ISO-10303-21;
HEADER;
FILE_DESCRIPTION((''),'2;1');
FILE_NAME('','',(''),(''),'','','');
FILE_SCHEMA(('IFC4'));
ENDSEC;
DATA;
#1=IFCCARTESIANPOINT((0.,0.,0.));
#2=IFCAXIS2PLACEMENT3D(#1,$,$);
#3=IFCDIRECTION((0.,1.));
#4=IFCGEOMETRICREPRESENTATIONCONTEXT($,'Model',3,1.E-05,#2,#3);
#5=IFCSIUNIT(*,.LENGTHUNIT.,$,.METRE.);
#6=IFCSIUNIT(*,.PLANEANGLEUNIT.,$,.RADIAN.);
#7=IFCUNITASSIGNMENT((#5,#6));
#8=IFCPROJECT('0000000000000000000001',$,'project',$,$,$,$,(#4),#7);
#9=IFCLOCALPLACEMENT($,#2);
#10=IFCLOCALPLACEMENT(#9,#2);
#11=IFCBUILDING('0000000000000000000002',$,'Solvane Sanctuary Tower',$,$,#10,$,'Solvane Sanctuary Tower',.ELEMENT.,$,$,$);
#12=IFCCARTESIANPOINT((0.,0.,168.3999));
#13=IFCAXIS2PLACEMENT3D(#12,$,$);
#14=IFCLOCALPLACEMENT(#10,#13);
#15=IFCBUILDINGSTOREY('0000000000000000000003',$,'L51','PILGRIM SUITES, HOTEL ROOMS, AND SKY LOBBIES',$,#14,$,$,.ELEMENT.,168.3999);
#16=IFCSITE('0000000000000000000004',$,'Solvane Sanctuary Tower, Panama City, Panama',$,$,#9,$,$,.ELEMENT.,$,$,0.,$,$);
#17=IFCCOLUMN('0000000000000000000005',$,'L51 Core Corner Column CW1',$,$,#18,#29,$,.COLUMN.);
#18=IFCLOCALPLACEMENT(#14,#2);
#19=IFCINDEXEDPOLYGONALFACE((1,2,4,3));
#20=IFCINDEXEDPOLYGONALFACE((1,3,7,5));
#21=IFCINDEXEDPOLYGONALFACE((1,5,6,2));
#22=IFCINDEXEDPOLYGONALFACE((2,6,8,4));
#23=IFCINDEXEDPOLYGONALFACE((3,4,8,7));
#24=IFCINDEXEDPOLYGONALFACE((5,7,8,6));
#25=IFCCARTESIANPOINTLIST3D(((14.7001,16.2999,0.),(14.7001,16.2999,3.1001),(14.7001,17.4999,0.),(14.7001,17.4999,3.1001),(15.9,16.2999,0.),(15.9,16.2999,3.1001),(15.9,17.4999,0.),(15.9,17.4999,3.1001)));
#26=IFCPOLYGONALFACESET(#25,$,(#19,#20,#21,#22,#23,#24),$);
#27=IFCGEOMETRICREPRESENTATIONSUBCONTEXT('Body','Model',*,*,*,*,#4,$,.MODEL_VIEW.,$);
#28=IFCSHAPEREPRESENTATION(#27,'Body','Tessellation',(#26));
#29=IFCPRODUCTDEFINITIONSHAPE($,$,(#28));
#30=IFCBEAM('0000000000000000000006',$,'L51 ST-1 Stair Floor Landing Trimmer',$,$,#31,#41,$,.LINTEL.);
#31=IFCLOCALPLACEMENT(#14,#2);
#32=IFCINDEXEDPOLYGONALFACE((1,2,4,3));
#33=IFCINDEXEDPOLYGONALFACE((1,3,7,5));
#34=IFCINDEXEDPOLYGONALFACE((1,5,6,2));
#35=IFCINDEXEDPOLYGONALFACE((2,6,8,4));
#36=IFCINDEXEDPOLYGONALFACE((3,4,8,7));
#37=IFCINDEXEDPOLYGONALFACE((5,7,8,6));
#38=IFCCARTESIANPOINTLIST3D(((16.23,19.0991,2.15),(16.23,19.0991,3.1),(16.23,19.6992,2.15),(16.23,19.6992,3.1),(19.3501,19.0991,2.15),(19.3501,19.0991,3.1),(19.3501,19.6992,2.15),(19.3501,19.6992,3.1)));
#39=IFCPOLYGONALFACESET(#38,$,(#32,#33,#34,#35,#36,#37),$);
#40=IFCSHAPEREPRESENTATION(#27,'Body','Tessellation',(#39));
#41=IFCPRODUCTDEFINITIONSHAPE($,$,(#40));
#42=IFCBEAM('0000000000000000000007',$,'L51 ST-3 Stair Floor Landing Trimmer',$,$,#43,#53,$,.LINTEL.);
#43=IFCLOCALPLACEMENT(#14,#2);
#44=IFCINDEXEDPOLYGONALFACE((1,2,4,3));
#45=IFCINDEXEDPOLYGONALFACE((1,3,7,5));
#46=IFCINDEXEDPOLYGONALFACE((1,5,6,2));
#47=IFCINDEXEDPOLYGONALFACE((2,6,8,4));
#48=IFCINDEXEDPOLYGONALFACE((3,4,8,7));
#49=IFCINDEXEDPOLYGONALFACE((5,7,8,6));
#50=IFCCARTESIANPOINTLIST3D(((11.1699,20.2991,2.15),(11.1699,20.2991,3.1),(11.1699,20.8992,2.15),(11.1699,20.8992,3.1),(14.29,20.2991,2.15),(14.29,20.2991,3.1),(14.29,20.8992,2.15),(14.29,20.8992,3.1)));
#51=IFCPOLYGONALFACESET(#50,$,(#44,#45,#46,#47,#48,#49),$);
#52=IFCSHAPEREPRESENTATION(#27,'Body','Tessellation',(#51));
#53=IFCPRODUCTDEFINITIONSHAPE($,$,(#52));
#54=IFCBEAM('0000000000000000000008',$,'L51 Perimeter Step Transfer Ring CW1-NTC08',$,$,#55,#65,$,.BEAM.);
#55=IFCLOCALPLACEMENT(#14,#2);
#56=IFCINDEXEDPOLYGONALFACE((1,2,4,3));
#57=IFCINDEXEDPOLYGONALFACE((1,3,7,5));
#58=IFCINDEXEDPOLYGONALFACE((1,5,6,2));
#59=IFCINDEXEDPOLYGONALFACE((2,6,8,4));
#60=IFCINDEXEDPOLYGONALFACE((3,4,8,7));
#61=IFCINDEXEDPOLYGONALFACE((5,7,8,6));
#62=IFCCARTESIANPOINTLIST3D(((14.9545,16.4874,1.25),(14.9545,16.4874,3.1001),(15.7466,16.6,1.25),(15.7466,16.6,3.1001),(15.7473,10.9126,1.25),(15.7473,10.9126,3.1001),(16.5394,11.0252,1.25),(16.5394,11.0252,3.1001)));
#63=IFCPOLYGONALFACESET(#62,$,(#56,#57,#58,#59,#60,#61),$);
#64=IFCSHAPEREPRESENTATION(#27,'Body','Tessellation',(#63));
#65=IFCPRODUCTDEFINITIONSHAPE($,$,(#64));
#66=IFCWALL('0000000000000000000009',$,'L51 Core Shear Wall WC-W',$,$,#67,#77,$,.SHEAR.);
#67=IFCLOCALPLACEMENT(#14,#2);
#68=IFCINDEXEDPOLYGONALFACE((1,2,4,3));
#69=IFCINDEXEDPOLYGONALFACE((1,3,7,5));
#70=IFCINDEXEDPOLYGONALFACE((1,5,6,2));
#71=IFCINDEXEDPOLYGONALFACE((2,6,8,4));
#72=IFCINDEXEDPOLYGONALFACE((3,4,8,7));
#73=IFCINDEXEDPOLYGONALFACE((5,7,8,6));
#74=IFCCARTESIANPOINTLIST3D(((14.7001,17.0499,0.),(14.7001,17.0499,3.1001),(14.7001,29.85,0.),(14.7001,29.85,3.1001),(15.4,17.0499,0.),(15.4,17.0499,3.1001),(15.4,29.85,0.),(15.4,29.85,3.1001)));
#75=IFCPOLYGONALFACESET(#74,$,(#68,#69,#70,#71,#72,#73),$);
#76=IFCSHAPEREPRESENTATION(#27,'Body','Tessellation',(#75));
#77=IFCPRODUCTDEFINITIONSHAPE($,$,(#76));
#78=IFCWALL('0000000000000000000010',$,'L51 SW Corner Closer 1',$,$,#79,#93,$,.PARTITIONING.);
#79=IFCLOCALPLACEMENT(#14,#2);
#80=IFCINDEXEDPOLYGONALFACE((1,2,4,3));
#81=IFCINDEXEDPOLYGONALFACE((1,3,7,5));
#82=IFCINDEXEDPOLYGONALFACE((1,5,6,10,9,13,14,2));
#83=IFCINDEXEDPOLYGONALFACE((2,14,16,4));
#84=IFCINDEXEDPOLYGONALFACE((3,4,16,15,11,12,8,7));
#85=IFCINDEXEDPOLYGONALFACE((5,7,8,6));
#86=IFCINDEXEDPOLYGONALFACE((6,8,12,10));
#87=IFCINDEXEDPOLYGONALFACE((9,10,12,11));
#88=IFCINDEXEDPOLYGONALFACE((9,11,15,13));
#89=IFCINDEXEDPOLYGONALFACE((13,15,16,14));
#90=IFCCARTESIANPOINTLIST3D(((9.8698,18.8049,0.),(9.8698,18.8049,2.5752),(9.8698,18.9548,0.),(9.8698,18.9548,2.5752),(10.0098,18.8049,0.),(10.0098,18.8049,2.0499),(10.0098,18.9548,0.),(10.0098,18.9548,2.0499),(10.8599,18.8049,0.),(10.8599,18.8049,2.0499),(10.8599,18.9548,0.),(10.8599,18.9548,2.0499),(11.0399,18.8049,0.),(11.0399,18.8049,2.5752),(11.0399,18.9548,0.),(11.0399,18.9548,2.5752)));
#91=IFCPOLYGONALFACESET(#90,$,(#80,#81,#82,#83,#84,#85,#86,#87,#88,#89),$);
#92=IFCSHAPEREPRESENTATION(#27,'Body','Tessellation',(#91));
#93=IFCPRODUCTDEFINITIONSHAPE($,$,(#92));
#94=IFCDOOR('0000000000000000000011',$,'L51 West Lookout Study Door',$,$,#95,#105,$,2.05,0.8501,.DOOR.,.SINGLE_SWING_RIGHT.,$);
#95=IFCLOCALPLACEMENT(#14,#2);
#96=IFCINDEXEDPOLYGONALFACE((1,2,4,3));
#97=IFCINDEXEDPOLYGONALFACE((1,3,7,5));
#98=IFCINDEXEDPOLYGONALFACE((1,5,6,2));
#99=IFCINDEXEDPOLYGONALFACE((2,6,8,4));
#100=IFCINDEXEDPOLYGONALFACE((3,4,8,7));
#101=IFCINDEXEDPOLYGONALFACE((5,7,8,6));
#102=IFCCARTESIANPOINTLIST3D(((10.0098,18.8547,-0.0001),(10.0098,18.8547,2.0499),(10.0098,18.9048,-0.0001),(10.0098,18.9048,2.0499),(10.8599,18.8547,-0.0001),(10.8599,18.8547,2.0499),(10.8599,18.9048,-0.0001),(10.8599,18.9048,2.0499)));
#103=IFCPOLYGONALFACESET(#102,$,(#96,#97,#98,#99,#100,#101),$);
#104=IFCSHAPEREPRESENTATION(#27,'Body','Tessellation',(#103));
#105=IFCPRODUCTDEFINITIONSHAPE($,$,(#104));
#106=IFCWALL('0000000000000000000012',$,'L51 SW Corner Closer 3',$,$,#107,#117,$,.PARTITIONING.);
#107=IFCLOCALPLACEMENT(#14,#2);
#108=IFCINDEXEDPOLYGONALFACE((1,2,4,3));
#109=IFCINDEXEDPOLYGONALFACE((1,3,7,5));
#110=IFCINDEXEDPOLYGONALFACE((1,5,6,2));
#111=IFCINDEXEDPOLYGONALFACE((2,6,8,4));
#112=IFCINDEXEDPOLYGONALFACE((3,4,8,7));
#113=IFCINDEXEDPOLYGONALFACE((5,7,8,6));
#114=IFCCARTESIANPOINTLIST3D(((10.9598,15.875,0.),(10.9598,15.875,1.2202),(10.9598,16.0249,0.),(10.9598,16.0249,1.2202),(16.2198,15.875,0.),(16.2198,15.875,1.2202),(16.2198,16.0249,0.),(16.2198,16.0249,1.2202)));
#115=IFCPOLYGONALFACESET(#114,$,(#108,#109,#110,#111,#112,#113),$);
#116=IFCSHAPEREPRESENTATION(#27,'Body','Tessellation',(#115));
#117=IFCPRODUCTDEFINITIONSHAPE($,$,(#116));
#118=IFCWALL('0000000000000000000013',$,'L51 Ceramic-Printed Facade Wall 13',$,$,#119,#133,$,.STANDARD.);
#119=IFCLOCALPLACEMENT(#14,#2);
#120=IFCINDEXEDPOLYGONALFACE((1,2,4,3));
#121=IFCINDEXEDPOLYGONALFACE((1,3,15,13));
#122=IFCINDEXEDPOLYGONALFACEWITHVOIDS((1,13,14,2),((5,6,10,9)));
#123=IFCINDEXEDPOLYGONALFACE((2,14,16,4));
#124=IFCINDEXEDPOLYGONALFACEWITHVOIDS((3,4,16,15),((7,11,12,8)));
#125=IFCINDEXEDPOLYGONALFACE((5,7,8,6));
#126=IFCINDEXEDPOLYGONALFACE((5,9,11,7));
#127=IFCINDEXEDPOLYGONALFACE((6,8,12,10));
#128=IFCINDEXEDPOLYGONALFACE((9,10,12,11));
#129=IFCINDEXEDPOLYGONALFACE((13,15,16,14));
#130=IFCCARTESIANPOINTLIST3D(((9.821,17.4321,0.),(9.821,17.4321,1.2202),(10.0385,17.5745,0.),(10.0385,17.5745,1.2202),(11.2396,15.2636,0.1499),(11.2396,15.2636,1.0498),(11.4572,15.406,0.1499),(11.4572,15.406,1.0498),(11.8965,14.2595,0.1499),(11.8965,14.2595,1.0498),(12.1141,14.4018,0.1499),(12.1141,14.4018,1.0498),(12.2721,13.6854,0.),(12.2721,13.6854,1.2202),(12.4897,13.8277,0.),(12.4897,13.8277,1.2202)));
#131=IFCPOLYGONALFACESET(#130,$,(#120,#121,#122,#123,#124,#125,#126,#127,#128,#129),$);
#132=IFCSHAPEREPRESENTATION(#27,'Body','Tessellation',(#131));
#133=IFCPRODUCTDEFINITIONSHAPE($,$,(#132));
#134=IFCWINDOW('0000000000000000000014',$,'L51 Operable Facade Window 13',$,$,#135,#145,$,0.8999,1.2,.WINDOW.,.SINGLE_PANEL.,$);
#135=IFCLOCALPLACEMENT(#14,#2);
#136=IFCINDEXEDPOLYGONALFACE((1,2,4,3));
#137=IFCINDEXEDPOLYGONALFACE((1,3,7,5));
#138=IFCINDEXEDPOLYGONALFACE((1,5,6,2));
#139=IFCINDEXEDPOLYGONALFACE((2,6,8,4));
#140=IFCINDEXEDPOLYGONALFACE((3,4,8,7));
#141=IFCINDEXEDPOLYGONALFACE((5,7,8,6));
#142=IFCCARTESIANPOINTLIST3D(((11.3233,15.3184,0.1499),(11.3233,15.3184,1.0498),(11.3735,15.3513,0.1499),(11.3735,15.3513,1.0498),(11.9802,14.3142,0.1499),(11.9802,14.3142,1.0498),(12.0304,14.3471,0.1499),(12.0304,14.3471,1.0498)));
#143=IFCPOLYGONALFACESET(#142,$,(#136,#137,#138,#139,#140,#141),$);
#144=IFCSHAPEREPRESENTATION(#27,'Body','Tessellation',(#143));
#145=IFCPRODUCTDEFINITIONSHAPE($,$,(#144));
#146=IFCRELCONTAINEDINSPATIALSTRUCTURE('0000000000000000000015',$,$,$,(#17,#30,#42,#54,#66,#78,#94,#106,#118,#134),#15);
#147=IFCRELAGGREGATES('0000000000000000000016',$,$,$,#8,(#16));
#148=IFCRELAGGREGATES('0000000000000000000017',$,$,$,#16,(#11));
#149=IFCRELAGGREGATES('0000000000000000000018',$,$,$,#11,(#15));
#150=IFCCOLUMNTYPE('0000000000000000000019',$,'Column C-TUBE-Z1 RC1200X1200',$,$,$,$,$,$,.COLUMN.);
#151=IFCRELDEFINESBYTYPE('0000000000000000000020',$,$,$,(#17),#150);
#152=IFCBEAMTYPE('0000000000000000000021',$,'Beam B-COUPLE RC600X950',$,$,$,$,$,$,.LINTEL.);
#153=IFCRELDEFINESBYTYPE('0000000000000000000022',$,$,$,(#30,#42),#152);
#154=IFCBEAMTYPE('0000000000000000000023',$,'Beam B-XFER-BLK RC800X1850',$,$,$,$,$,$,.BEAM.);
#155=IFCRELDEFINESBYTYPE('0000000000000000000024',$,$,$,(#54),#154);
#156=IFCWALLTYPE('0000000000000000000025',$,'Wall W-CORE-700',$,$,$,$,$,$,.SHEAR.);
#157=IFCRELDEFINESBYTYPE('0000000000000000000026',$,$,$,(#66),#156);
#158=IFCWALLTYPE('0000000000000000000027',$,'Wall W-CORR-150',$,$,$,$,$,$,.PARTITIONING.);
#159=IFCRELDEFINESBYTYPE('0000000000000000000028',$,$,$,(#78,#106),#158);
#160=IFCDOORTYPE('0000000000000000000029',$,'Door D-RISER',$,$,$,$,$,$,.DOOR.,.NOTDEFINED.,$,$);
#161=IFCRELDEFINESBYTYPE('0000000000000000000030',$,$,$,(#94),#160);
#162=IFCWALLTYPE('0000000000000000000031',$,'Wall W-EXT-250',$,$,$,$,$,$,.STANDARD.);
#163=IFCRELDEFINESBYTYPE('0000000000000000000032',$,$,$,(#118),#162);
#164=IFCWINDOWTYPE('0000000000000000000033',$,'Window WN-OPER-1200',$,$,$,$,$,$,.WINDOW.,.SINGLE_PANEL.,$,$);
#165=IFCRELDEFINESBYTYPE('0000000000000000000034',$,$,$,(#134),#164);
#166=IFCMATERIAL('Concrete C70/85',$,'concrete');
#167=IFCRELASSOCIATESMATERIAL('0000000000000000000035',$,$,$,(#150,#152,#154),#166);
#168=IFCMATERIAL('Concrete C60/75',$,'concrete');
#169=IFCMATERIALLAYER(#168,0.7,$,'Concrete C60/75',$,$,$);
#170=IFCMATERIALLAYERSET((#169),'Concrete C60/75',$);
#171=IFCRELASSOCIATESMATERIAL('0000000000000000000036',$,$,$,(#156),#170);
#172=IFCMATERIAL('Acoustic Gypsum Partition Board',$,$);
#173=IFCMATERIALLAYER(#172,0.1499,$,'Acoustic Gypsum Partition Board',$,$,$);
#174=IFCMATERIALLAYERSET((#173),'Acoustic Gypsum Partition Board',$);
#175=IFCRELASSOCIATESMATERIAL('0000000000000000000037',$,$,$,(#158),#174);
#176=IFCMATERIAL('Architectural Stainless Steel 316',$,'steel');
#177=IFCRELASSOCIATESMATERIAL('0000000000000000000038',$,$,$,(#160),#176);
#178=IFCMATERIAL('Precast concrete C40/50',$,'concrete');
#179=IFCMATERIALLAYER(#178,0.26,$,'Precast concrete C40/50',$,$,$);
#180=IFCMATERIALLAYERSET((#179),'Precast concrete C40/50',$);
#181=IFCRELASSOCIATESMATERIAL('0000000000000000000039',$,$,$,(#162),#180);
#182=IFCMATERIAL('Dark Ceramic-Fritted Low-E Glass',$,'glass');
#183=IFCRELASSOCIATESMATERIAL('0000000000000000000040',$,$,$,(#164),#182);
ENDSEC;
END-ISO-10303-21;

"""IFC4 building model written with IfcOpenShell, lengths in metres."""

from ifc_helpers import new_model, si_unit, direction, frame, frame_2d, origin, origin_2d, place, context, subcontext, project, spatial, rectangle, extrude, material, layer, layer_set, material_profile, profile_set, type_object, element, fill, save


model = new_model("IFC4")

# Units and contexts
model_context = context("Model", 3, precision=1e-05, world=origin(), true_north=direction((0.0, 1.0)))
body_context = subcontext(model_context, "Body", "Model", "MODEL_VIEW")
ifc_project = project(units=[si_unit("LENGTHUNIT", "METRE"), si_unit("PLANEANGLEUNIT", "RADIAN")], contexts=[model_context])

# Site, building, storey
site_placement = place(None, origin())
site = spatial("IfcSite", under=ifc_project, at=site_placement, Name="Solvane Sanctuary Tower, Panama City, Panama", CompositionType="ELEMENT", RefElevation=0.0)
building_placement = place(site_placement, origin())
building = spatial("IfcBuilding", under=site, at=building_placement, Name="Solvane Sanctuary Tower", LongName="Solvane Sanctuary Tower", CompositionType="ELEMENT")
storey_placement = place(building_placement, frame((0.0, 0.0, 168.3999)))
storey = spatial("IfcBuildingStorey", under=building, at=storey_placement, Name="L51", Description="PILGRIM SUITES, HOTEL ROOMS, AND SKY LOBBIES", CompositionType="ELEMENT", Elevation=168.3999)

# Column
ifc_material_1 = material(Name="Concrete C70/85", Category="concrete")
ifc_material_profile_1 = material_profile(ifc_material_1, rectangle(XDim=1.2, YDim=1.2, at=origin_2d()), Name="RC1200X1200")
ifc_profile_set_1 = profile_set([ifc_material_profile_1], Name="Concrete C70/85")
column_type = type_object("IfcColumnType", Name="Column C-TUBE-Z1 RC1200X1200", PredefinedType="COLUMN", material=ifc_profile_set_1)
column_placement = place(storey_placement, frame((15.3, 16.8999, 0.0), z_axis=(0.0, 0.0, 1.0), x_axis=(1.0, 0.0, 0.0)))
element("IfcColumn", 1, at=column_placement, inside=storey, type_object=column_type, Name="L51 Core Corner Column CW1", PredefinedType="COLUMN", context=body_context, shape_type="SweptSolid", body=[
    extrude(rectangle(XDim=1.2, YDim=1.2, at=origin_2d()), origin(), (0.0, 0.0, 1.0), 3.1001),
])

# Beams
ifc_material_profile_2 = material_profile(ifc_material_1, rectangle(XDim=0.6001, YDim=0.95, at=origin_2d()), Name="RC600X950")
ifc_profile_set_2 = profile_set([ifc_material_profile_2], Name="Concrete C70/85")
beam_type_1 = type_object("IfcBeamType", Name="Beam B-COUPLE RC600X950", PredefinedType="LINTEL", material=ifc_profile_set_2)
for number, where, z_axis, x_axis, name in (
    (2, (16.23, 19.3992, 2.625), (1.0, 0.0, 0.0), (0.0, 1.0, 0.0), "L51 ST-1 Stair Floor Landing Trimmer"),
    (3, (11.1699, 20.5991, 2.625), (1.0, 0.0, 0.0), (0.0, 1.0, 0.0), "L51 ST-3 Stair Floor Landing Trimmer"),
):
    element("IfcBeam", number, at=place(storey_placement, frame(where, z_axis=z_axis, x_axis=x_axis)), inside=storey, type_object=beam_type_1, Name=name, PredefinedType="LINTEL", context=body_context, shape_type="SweptSolid", body=[
        extrude(rectangle(XDim=0.6001, YDim=0.95, at=origin_2d()), origin(), (0.0, 0.0, 1.0), 3.1201),
    ])
ifc_material_profile_3 = material_profile(ifc_material_1, rectangle(XDim=0.8, YDim=1.8501, at=origin_2d()), Name="RC800X1850")
ifc_profile_set_3 = profile_set([ifc_material_profile_3], Name="Concrete C70/85")
beam_type_2 = type_object("IfcBeamType", Name="Beam B-XFER-BLK RC800X1850", PredefinedType="BEAM", material=ifc_profile_set_3)
beam_placement = place(storey_placement, frame((15.3506, 16.5437, 2.175), z_axis=(0.140784, -0.99004, 0.0), x_axis=(0.99004, 0.140784, 0.0)))
element("IfcBeam", 4, at=beam_placement, inside=storey, type_object=beam_type_2, Name="L51 Perimeter Step Transfer Ring CW1-NTC08", PredefinedType="BEAM", context=body_context, shape_type="SweptSolid", body=[
    extrude(rectangle(XDim=0.8, YDim=1.8501, at=origin_2d()), origin(), (0.0, 0.0, 1.0), 5.6309),
])

# Wall
ifc_material_2 = material(Name="Concrete C60/75", Category="concrete")
ifc_layer_1 = layer(ifc_material_2, 0.7, Name="Concrete C60/75")
ifc_layer_set_1 = layer_set([ifc_layer_1], Name="Concrete C60/75")
wall_type_1 = type_object("IfcWallType", Name="Wall W-CORE-700", PredefinedType="SHEAR", material=ifc_layer_set_1)
wall_1_placement = place(storey_placement, frame((15.05, 17.05, 0.0), z_axis=(0.0, 0.0, 1.0), x_axis=(0.0, 1.0, 0.0)))
element("IfcWall", 5, at=wall_1_placement, inside=storey, type_object=wall_type_1, Name="L51 Core Shear Wall WC-W", PredefinedType="SHEAR", context=body_context, shape_type="SweptSolid", body=[
    extrude(rectangle(XDim=12.8, YDim=0.7, at=frame_2d((6.3999, 0.0))), origin(), (0.0, 0.0, 1.0), 3.1001),
])

# Wall, opening, door
ifc_material_3 = material(Name="Acoustic Gypsum Partition Board")
ifc_layer_2 = layer(ifc_material_3, 0.1499, Name="Acoustic Gypsum Partition Board")
ifc_layer_set_2 = layer_set([ifc_layer_2], Name="Acoustic Gypsum Partition Board")
wall_type_2 = type_object("IfcWallType", Name="Wall W-CORR-150", PredefinedType="PARTITIONING", material=ifc_layer_set_2)
wall_2_placement = place(storey_placement, frame((9.8699, 18.8799, 0.0), z_axis=(0.0, 0.0, 1.0), x_axis=(1.0, 0.0, 0.0)))
wall_2 = element("IfcWall", 6, at=wall_2_placement, inside=storey, type_object=wall_type_2, Name="L51 SW Corner Closer 1", PredefinedType="PARTITIONING", context=body_context, shape_type="SweptSolid", body=[
    extrude(rectangle(XDim=1.1702, YDim=0.1499, at=frame_2d((0.585, 0.0))), origin(), (0.0, 0.0, 1.0), 2.5752),
])
opening_1_placement = place(wall_2_placement, frame((0.1399, 0.0, 0.0)))
opening_1 = element("IfcOpeningElement", 7, at=opening_1_placement, cuts=wall_2, PredefinedType="OPENING", context=body_context, shape_type="SweptSolid", body=[
    extrude(rectangle(XDim=0.8501, YDim=2.05, at=frame_2d((0.425, 1.0249))), frame((0.0, 0.085, 0.0), z_axis=(0.0, -1.0, 0.0), x_axis=(1.0, 0.0, 0.0)), (0.0, 0.0, 1.0), 0.1699),
])
ifc_material_4 = material(Name="Architectural Stainless Steel 316", Category="steel")
door_type_1 = type_object("IfcDoorType", Name="Door D-RISER", OperationType="NOTDEFINED", PredefinedType="DOOR", material=ifc_material_4)
door_1_placement = place(opening_1_placement, origin())
door_1 = element("IfcDoor", 8, at=door_1_placement, inside=storey, type_object=door_type_1, Name="L51 West Lookout Study Door", OperationType="SINGLE_SWING_RIGHT", OverallHeight=2.05, OverallWidth=0.8501, PredefinedType="DOOR", context=body_context, shape_type="SweptSolid", body=[
    extrude(rectangle(XDim=0.8501, YDim=2.05, at=frame_2d((0.425, 1.0249))), frame((0.0, 0.0249, 0.0), z_axis=(0.0, -1.0, 0.0), x_axis=(1.0, 0.0, 0.0)), (0.0, 0.0, 1.0), 0.05),
])
fill(opening_1, door_1)

# Wall
wall_3_placement = place(storey_placement, frame((10.96, 15.95, 0.0), z_axis=(0.0, 0.0, 1.0), x_axis=(1.0, 0.0, 0.0)))
element("IfcWall", 9, at=wall_3_placement, inside=storey, type_object=wall_type_2, Name="L51 SW Corner Closer 3", PredefinedType="PARTITIONING", context=body_context, shape_type="SweptSolid", body=[
    extrude(rectangle(XDim=5.26, YDim=0.1499, at=frame_2d((2.6299, 0.0))), origin(), (0.0, 0.0, 1.0), 1.2202),
])

# Wall, opening, window
ifc_material_5 = material(Name="Precast concrete C40/50", Category="concrete")
ifc_layer_3 = layer(ifc_material_5, 0.26, Name="Precast concrete C40/50")
ifc_layer_set_3 = layer_set([ifc_layer_3], Name="Precast concrete C40/50")
wall_type_3 = type_object("IfcWallType", Name="Wall W-EXT-250", PredefinedType="STANDARD", material=ifc_layer_set_3)
wall_4_placement = place(storey_placement, frame((9.9297, 17.5034, 0.0), z_axis=(0.0, 0.0, 1.0), x_axis=(0.547456, -0.836834, 0.0)))
wall_4 = element("IfcWall", 10, at=wall_4_placement, inside=storey, type_object=wall_type_3, Name="L51 Ceramic-Printed Facade Wall 13", PredefinedType="STANDARD", context=body_context, shape_type="SweptSolid", body=[
    extrude(rectangle(XDim=4.4773, YDim=0.26, at=frame_2d((2.2388, 0.0))), origin(), (0.0, 0.0, 1.0), 1.2202),
])
opening_2_placement = place(wall_4_placement, frame((2.5913, 0.0, 0.1499)))
opening_2 = element("IfcOpeningElement", 11, at=opening_2_placement, cuts=wall_4, PredefinedType="OPENING", context=body_context, shape_type="SweptSolid", body=[
    extrude(rectangle(XDim=1.2, YDim=0.8999, at=frame_2d((0.6001, 0.45))), frame((0.0, 0.1399, 0.0), z_axis=(0.0, -1.0, 0.0), x_axis=(1.0, 0.0, 0.0)), (0.0, 0.0, 1.0), 0.28),
])
ifc_material_6 = material(Name="Dark Ceramic-Fritted Low-E Glass", Category="glass")
window_type = type_object("IfcWindowType", Name="Window WN-OPER-1200", PartitioningType="SINGLE_PANEL", PredefinedType="WINDOW", material=ifc_material_6)
window_placement = place(opening_2_placement, origin())
window = element("IfcWindow", 12, at=window_placement, inside=storey, type_object=window_type, Name="L51 Operable Facade Window 13", OverallHeight=0.8999, OverallWidth=1.2, PartitioningType="SINGLE_PANEL", PredefinedType="WINDOW", context=body_context, shape_type="SweptSolid", body=[
    extrude(rectangle(XDim=1.2, YDim=0.8999, at=frame_2d((0.6001, 0.45))), frame((0.0, 0.03, 0.0), z_axis=(0.0, -1.0, 0.0), x_axis=(1.0, 0.0, 0.0)), (0.0, 0.0, 1.0), 0.0601),
])
fill(opening_2, window)

save(model, "model.ifc")
